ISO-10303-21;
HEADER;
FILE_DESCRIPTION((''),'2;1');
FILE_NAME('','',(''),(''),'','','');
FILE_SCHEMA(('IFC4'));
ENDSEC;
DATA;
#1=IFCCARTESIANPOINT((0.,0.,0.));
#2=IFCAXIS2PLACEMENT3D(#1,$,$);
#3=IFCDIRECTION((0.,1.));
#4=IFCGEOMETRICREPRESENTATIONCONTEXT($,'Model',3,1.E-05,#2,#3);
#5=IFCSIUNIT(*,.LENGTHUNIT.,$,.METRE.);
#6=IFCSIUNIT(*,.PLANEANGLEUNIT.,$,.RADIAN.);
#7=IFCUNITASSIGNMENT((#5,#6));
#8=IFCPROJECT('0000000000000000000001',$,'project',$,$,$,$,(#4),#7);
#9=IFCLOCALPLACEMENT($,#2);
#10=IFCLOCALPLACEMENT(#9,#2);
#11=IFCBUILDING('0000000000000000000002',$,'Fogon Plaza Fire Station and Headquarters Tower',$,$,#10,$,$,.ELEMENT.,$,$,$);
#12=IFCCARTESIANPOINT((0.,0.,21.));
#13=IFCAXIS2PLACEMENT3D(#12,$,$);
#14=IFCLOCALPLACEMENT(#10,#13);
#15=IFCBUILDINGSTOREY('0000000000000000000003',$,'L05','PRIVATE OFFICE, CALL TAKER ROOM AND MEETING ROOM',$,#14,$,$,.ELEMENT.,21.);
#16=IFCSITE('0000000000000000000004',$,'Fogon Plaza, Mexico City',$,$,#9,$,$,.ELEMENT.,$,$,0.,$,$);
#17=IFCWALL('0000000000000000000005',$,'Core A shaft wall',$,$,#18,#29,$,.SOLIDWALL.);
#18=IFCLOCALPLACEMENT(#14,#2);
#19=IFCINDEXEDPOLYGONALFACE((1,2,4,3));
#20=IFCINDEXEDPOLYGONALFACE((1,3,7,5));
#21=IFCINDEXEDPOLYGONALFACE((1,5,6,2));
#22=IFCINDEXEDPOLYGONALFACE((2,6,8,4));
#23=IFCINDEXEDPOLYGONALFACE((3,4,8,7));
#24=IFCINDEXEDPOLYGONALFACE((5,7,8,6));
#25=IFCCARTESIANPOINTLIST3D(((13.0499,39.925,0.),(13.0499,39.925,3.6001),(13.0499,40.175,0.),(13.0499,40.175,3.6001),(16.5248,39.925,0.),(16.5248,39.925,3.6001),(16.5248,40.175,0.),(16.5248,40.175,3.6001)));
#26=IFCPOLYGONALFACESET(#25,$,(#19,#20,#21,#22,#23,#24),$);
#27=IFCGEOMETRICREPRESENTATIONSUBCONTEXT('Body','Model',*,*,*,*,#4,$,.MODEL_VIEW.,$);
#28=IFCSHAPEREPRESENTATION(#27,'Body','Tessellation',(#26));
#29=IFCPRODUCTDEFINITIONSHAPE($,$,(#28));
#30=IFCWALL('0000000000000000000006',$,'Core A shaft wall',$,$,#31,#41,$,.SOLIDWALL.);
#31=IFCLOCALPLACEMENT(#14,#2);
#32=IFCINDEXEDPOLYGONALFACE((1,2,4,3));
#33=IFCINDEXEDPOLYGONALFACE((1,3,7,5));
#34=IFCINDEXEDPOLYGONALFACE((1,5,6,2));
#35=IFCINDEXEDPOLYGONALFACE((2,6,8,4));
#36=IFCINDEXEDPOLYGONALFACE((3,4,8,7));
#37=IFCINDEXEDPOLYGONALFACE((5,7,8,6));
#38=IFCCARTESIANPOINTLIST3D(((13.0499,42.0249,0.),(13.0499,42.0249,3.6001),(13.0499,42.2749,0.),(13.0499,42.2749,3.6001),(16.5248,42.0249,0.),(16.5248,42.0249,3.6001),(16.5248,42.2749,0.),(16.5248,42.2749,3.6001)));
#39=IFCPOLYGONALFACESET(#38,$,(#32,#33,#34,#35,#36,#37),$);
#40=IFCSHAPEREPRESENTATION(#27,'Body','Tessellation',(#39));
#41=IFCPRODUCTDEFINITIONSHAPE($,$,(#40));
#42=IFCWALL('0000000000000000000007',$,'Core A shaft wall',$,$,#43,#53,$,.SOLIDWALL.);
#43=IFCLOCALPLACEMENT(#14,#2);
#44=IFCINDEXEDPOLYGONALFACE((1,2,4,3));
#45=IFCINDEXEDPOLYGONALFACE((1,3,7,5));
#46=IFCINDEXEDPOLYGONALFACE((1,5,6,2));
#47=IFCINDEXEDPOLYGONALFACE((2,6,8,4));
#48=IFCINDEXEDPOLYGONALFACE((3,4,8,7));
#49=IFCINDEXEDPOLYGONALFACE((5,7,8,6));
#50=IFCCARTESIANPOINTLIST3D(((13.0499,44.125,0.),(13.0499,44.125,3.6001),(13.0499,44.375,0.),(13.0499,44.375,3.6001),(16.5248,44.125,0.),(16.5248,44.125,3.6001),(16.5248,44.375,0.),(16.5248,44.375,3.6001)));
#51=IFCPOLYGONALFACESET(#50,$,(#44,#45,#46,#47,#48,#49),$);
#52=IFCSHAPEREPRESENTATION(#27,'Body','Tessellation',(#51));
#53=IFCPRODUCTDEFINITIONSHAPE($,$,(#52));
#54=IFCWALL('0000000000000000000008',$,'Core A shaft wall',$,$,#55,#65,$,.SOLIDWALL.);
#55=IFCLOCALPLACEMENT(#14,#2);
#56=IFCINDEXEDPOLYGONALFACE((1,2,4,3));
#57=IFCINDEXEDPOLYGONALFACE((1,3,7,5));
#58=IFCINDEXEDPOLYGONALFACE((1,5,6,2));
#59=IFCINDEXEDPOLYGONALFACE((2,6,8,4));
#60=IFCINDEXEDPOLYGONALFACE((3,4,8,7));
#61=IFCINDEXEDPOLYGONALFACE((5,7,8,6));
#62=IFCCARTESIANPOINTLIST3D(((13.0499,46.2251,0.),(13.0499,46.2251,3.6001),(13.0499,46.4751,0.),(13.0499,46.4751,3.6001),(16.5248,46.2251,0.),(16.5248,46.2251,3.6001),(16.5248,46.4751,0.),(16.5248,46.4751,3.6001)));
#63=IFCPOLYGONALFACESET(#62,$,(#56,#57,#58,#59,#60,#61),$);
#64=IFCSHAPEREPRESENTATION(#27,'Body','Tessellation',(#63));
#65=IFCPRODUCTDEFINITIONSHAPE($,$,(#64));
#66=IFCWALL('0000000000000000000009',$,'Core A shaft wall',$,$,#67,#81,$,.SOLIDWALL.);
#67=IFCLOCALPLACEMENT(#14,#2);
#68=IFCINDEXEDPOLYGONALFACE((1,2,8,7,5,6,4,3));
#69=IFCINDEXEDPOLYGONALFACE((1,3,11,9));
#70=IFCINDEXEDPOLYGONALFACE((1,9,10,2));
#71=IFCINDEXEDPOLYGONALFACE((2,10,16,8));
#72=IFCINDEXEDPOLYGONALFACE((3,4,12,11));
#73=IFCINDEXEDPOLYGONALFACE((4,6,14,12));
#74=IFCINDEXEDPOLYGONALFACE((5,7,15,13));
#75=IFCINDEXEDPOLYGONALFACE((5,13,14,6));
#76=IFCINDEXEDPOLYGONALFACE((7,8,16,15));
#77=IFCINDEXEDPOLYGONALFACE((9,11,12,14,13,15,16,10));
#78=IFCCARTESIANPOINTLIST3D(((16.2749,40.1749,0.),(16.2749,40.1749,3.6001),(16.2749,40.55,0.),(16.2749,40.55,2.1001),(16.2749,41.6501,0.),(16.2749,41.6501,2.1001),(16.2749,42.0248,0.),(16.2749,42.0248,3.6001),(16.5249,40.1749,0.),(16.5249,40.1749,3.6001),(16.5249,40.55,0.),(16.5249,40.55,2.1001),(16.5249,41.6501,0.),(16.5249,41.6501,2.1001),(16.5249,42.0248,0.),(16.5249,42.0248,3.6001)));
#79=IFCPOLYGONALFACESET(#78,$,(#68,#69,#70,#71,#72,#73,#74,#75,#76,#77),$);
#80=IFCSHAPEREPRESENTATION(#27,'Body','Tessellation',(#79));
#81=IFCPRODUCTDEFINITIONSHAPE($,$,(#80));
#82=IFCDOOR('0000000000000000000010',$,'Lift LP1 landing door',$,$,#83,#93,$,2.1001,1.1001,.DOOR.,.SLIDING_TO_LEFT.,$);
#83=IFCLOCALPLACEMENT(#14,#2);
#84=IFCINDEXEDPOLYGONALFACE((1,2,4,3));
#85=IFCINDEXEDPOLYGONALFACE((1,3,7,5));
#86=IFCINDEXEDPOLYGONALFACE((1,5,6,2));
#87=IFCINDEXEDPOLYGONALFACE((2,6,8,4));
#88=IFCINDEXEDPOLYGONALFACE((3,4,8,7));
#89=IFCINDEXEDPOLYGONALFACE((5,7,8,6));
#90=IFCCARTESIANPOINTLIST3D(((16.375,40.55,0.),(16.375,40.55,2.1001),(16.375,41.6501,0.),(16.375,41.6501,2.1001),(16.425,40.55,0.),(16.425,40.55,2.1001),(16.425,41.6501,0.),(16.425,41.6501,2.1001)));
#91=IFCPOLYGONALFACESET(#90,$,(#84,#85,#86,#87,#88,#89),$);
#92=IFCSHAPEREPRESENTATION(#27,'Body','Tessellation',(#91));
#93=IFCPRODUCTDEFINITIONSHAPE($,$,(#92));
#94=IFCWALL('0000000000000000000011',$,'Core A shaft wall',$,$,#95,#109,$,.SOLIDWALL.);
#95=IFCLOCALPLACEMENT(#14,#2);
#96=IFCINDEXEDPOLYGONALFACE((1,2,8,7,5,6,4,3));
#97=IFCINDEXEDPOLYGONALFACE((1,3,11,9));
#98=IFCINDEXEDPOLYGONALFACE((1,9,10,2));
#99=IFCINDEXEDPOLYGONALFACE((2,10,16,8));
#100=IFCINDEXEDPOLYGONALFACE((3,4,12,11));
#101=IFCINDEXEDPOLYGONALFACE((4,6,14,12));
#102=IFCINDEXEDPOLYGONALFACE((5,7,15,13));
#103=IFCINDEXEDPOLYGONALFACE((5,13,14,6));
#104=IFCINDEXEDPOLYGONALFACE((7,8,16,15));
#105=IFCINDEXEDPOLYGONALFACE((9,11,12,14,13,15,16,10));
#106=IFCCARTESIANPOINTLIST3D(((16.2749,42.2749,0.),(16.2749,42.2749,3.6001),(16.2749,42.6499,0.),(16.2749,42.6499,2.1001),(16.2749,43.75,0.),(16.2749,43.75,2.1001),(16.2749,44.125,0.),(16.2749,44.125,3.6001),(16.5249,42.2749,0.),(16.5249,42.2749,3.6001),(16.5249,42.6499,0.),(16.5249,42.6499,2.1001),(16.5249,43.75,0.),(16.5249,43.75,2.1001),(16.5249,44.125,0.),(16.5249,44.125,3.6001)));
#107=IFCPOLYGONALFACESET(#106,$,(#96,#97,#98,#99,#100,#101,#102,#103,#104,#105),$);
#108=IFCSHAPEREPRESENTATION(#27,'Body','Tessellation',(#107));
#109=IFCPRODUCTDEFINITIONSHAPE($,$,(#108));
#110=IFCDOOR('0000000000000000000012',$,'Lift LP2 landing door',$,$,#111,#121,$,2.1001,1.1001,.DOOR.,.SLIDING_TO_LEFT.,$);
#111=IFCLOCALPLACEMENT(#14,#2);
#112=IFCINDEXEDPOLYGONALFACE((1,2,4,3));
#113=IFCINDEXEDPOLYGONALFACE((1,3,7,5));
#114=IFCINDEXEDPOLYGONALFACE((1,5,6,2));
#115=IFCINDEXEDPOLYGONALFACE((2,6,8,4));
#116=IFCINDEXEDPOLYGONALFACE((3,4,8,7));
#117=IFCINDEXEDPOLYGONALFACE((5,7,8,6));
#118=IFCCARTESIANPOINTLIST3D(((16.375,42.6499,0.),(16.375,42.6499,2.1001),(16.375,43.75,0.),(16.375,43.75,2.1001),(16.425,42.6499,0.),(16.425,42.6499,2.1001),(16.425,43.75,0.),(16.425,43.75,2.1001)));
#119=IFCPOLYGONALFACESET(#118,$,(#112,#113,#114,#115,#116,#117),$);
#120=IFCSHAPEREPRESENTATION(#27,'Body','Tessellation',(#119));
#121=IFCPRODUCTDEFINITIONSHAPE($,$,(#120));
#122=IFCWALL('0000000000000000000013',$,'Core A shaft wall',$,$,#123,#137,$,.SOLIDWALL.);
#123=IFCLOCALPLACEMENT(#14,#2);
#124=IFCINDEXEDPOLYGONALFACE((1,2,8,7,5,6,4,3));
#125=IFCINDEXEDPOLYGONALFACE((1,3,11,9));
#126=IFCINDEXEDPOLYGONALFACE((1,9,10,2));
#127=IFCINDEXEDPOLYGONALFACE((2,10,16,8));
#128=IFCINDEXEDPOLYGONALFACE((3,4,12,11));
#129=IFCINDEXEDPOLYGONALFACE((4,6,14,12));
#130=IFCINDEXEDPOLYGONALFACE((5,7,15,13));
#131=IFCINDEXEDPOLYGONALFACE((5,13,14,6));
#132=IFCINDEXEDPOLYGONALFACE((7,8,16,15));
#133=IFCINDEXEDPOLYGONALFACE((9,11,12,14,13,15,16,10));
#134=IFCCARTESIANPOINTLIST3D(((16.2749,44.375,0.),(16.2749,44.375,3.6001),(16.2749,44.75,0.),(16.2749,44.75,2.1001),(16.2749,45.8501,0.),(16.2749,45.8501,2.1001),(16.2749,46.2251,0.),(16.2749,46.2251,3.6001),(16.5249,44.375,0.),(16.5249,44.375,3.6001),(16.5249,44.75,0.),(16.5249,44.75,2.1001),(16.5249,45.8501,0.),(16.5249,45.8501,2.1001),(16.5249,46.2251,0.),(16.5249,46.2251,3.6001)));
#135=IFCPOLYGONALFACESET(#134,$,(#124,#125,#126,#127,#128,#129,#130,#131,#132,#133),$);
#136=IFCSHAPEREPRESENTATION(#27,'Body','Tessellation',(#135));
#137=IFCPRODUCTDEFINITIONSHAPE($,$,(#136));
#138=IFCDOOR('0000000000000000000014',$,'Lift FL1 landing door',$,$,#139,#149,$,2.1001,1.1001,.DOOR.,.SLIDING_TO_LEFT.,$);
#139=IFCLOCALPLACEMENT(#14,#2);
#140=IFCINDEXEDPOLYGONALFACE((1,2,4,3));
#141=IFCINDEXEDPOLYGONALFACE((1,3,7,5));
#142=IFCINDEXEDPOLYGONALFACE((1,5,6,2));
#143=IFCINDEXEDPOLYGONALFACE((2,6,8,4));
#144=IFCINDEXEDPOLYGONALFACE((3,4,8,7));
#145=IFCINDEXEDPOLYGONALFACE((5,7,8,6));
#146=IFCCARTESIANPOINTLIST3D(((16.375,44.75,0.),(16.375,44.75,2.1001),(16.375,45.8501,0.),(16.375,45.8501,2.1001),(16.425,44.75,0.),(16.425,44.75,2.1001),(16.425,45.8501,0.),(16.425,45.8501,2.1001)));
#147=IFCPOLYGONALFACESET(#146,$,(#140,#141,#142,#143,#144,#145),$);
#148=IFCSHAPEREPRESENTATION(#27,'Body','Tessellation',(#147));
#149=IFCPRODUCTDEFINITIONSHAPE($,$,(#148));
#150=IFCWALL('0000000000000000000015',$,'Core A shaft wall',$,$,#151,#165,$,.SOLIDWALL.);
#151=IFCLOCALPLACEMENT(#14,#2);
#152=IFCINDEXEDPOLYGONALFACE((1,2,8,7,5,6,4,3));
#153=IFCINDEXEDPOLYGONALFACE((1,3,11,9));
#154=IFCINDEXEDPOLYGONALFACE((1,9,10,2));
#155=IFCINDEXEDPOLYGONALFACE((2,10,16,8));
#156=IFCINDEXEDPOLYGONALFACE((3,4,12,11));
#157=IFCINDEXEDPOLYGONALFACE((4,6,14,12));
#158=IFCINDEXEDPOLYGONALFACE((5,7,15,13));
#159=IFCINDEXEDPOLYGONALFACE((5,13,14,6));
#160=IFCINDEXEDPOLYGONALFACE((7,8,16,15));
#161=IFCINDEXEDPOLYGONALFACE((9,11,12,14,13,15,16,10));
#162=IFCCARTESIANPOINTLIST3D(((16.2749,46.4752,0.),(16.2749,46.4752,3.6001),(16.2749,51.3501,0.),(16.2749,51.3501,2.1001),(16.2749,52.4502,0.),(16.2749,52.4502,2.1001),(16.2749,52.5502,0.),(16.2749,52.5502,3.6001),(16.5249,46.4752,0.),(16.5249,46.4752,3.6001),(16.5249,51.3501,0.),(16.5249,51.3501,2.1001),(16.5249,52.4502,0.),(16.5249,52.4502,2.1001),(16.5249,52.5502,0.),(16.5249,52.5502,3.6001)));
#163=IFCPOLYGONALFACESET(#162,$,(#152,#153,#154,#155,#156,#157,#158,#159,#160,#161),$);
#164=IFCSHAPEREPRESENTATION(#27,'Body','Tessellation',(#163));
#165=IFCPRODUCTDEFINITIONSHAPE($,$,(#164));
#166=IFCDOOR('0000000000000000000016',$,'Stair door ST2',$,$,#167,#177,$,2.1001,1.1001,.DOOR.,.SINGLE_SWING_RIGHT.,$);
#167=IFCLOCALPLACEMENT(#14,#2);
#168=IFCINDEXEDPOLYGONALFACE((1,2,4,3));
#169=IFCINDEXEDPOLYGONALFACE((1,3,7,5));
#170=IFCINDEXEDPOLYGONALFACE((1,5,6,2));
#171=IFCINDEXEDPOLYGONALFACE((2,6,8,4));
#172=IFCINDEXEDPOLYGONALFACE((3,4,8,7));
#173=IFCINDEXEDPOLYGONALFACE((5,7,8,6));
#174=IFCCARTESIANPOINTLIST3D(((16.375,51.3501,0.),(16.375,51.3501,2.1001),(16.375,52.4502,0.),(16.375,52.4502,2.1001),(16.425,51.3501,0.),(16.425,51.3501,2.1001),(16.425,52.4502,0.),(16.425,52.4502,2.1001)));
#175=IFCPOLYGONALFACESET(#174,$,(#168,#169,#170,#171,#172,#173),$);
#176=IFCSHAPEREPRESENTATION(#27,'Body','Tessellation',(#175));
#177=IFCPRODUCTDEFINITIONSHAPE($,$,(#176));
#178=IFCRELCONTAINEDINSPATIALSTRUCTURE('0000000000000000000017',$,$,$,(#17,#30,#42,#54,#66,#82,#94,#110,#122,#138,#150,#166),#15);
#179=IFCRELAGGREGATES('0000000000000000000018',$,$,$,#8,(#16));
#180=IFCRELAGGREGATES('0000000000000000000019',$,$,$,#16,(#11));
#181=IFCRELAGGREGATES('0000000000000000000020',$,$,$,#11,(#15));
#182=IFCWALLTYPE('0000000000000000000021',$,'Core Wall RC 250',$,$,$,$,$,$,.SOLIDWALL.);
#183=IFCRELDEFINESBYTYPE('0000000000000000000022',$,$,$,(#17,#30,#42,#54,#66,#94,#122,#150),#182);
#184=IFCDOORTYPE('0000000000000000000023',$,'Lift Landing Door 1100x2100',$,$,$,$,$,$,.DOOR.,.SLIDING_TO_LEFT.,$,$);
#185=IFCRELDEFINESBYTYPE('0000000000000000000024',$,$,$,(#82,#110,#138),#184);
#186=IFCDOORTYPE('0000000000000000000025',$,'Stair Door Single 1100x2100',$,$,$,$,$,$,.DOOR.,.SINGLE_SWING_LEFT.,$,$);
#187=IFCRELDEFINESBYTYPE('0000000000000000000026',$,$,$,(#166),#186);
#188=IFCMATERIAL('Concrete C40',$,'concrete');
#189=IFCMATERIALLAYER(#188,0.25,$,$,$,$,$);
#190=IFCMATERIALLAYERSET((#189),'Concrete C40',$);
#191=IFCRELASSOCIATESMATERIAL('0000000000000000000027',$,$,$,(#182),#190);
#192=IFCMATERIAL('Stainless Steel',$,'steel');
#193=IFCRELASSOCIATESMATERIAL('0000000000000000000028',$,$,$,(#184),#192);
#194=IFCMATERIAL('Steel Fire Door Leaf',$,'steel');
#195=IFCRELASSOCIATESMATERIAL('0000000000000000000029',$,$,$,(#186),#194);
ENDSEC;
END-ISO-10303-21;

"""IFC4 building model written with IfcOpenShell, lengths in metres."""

from ifc_helpers import new_model, si_unit, direction, frame, frame_2d, origin, place, context, subcontext, project, spatial, rectangle, extrude, material, layer, layer_set, type_object, element, fill, save


model = new_model("IFC4")

# Units and contexts
model_context = context("Model", 3, precision=1e-05, world=origin(), true_north=direction((0.0, 1.0)))
body_context = subcontext(model_context, "Body", "Model", "MODEL_VIEW")
ifc_project = project(units=[si_unit("LENGTHUNIT", "METRE"), si_unit("PLANEANGLEUNIT", "RADIAN")], contexts=[model_context])

# Site, building, storey
site_placement = place(None, origin())
site = spatial("IfcSite", under=ifc_project, at=site_placement, Name="Fogon Plaza, Mexico City", CompositionType="ELEMENT", RefElevation=0.0)
building_placement = place(site_placement, origin())
building = spatial("IfcBuilding", under=site, at=building_placement, Name="Fogon Plaza Fire Station and Headquarters Tower", CompositionType="ELEMENT")
storey_placement = place(building_placement, frame((0.0, 0.0, 21.0)))
storey = spatial("IfcBuildingStorey", under=building, at=storey_placement, Name="L05", Description="PRIVATE OFFICE, CALL TAKER ROOM AND MEETING ROOM", CompositionType="ELEMENT", Elevation=21.0)

# Walls
ifc_material_1 = material(Name="Concrete C40", Category="concrete")
ifc_layer = layer(ifc_material_1, 0.25)
ifc_layer_set = layer_set([ifc_layer], Name="Concrete C40")
wall_type = type_object("IfcWallType", Name="Core Wall RC 250", PredefinedType="SOLIDWALL", material=ifc_layer_set)
for number, where, z_axis, x_axis, name in (
    (1, (13.05, 40.05, 0.0), (0.0, 0.0, 1.0), (1.0, 0.0, 0.0), "Core A shaft wall"),
    (2, (13.05, 42.1499, 0.0), (0.0, 0.0, 1.0), (1.0, 0.0, 0.0), "Core A shaft wall"),
    (3, (13.05, 44.25, 0.0), (0.0, 0.0, 1.0), (1.0, 0.0, 0.0), "Core A shaft wall"),
    (4, (13.05, 46.3501, 0.0), (0.0, 0.0, 1.0), (1.0, 0.0, 0.0), "Core A shaft wall"),
):
    element("IfcWall", number, at=place(storey_placement, frame(where, z_axis=z_axis, x_axis=x_axis)), inside=storey, type_object=wall_type, Name=name, PredefinedType="SOLIDWALL", context=body_context, shape_type="SweptSolid", body=[
        extrude(rectangle(XDim=3.4749, YDim=0.25, at=frame_2d((1.7373, 0.0))), origin(), (0.0, 0.0, 1.0), 3.6001),
    ])

# Walls, openings, doors
wall_1_placement = place(storey_placement, frame((16.3999, 40.175, 0.0), z_axis=(0.0, 0.0, 1.0), x_axis=(0.0, 1.0, 0.0)))
wall_1 = element("IfcWall", 5, at=wall_1_placement, inside=storey, type_object=wall_type, Name="Core A shaft wall", PredefinedType="SOLIDWALL", context=body_context, shape_type="SweptSolid", body=[
    extrude(rectangle(XDim=1.8499, YDim=0.25, at=frame_2d((0.9248, 0.0))), origin(), (0.0, 0.0, 1.0), 3.6001),
])
opening_1_placement = place(wall_1_placement, frame((0.375, 0.0, 0.0)))
opening_1 = element("IfcOpeningElement", 6, at=opening_1_placement, cuts=wall_1, PredefinedType="OPENING", context=body_context, shape_type="SweptSolid", body=[
    extrude(rectangle(XDim=1.1001, YDim=2.1001, at=frame_2d((0.55, 1.05))), frame((0.0, 0.135, 0.0), z_axis=(0.0, -1.0, 0.0), x_axis=(1.0, 0.0, 0.0)), (0.0, 0.0, 1.0), 0.27),
])
ifc_material_2 = material(Name="Stainless Steel", Category="steel")
door_type_1 = type_object("IfcDoorType", Name="Lift Landing Door 1100x2100", OperationType="SLIDING_TO_LEFT", PredefinedType="DOOR", material=ifc_material_2)
door_1_placement = place(opening_1_placement, origin())
door_1 = element("IfcDoor", 7, at=door_1_placement, inside=storey, type_object=door_type_1, Name="Lift LP1 landing door", OperationType="SLIDING_TO_LEFT", OverallHeight=2.1001, OverallWidth=1.1001, PredefinedType="DOOR", context=body_context, shape_type="SweptSolid", body=[
    extrude(rectangle(XDim=1.1001, YDim=2.1001, at=frame_2d((0.55, 1.05))), frame((0.0, 0.0249, 0.0), z_axis=(0.0, -1.0, 0.0), x_axis=(1.0, 0.0, 0.0)), (0.0, 0.0, 1.0), 0.05),
])
fill(opening_1, door_1)
wall_2_placement = place(storey_placement, frame((16.3999, 42.2749, 0.0), z_axis=(0.0, 0.0, 1.0), x_axis=(0.0, 1.0, 0.0)))
wall_2 = element("IfcWall", 8, at=wall_2_placement, inside=storey, type_object=wall_type, Name="Core A shaft wall", PredefinedType="SOLIDWALL", context=body_context, shape_type="SweptSolid", body=[
    extrude(rectangle(XDim=1.8501, YDim=0.25, at=frame_2d((0.925, 0.0))), origin(), (0.0, 0.0, 1.0), 3.6001),
])
opening_2_placement = place(wall_2_placement, frame((0.375, 0.0, 0.0)))
opening_2 = element("IfcOpeningElement", 9, at=opening_2_placement, cuts=wall_2, PredefinedType="OPENING", context=body_context, shape_type="SweptSolid", body=[
    extrude(rectangle(XDim=1.1001, YDim=2.1001, at=frame_2d((0.55, 1.05))), frame((0.0, 0.135, 0.0), z_axis=(0.0, -1.0, 0.0), x_axis=(1.0, 0.0, 0.0)), (0.0, 0.0, 1.0), 0.27),
])
door_2_placement = place(opening_2_placement, origin())
door_2 = element("IfcDoor", 10, at=door_2_placement, inside=storey, type_object=door_type_1, Name="Lift LP2 landing door", OperationType="SLIDING_TO_LEFT", OverallHeight=2.1001, OverallWidth=1.1001, PredefinedType="DOOR", context=body_context, shape_type="SweptSolid", body=[
    extrude(rectangle(XDim=1.1001, YDim=2.1001, at=frame_2d((0.55, 1.05))), frame((0.0, 0.0249, 0.0), z_axis=(0.0, -1.0, 0.0), x_axis=(1.0, 0.0, 0.0)), (0.0, 0.0, 1.0), 0.05),
])
fill(opening_2, door_2)
wall_3_placement = place(storey_placement, frame((16.3999, 44.375, 0.0), z_axis=(0.0, 0.0, 1.0), x_axis=(0.0, 1.0, 0.0)))
wall_3 = element("IfcWall", 11, at=wall_3_placement, inside=storey, type_object=wall_type, Name="Core A shaft wall", PredefinedType="SOLIDWALL", context=body_context, shape_type="SweptSolid", body=[
    extrude(rectangle(XDim=1.8501, YDim=0.25, at=frame_2d((0.925, 0.0))), origin(), (0.0, 0.0, 1.0), 3.6001),
])
opening_3_placement = place(wall_3_placement, frame((0.375, 0.0, 0.0)))
opening_3 = element("IfcOpeningElement", 12, at=opening_3_placement, cuts=wall_3, PredefinedType="OPENING", context=body_context, shape_type="SweptSolid", body=[
    extrude(rectangle(XDim=1.1001, YDim=2.1001, at=frame_2d((0.55, 1.05))), frame((0.0, 0.135, 0.0), z_axis=(0.0, -1.0, 0.0), x_axis=(1.0, 0.0, 0.0)), (0.0, 0.0, 1.0), 0.27),
])
door_3_placement = place(opening_3_placement, origin())
door_3 = element("IfcDoor", 13, at=door_3_placement, inside=storey, type_object=door_type_1, Name="Lift FL1 landing door", OperationType="SLIDING_TO_LEFT", OverallHeight=2.1001, OverallWidth=1.1001, PredefinedType="DOOR", context=body_context, shape_type="SweptSolid", body=[
    extrude(rectangle(XDim=1.1001, YDim=2.1001, at=frame_2d((0.55, 1.05))), frame((0.0, 0.0249, 0.0), z_axis=(0.0, -1.0, 0.0), x_axis=(1.0, 0.0, 0.0)), (0.0, 0.0, 1.0), 0.05),
])
fill(opening_3, door_3)
wall_4_placement = place(storey_placement, frame((16.3999, 46.4751, 0.0), z_axis=(0.0, 0.0, 1.0), x_axis=(0.0, 1.0, 0.0)))
wall_4 = element("IfcWall", 14, at=wall_4_placement, inside=storey, type_object=wall_type, Name="Core A shaft wall", PredefinedType="SOLIDWALL", context=body_context, shape_type="SweptSolid", body=[
    extrude(rectangle(XDim=6.075, YDim=0.25, at=frame_2d((3.0376, 0.0))), origin(), (0.0, 0.0, 1.0), 3.6001),
])
opening_4_placement = place(wall_4_placement, frame((4.875, 0.0, 0.0)))
opening_4 = element("IfcOpeningElement", 15, at=opening_4_placement, cuts=wall_4, PredefinedType="OPENING", context=body_context, shape_type="SweptSolid", body=[
    extrude(rectangle(XDim=1.1001, YDim=2.1001, at=frame_2d((0.55, 1.05))), frame((0.0, 0.135, 0.0), z_axis=(0.0, -1.0, 0.0), x_axis=(1.0, 0.0, 0.0)), (0.0, 0.0, 1.0), 0.27),
])
ifc_material_3 = material(Name="Steel Fire Door Leaf", Category="steel")
door_type_2 = type_object("IfcDoorType", Name="Stair Door Single 1100x2100", OperationType="SINGLE_SWING_LEFT", PredefinedType="DOOR", material=ifc_material_3)
door_4_placement = place(opening_4_placement, origin())
door_4 = element("IfcDoor", 16, at=door_4_placement, inside=storey, type_object=door_type_2, Name="Stair door ST2", OperationType="SINGLE_SWING_RIGHT", OverallHeight=2.1001, OverallWidth=1.1001, PredefinedType="DOOR", context=body_context, shape_type="SweptSolid", body=[
    extrude(rectangle(XDim=1.1001, YDim=2.1001, at=frame_2d((0.55, 1.05))), frame((0.0, 0.0249, 0.0), z_axis=(0.0, -1.0, 0.0), x_axis=(1.0, 0.0, 0.0)), (0.0, 0.0, 1.0), 0.05),
])
fill(opening_4, door_4)

save(model, "model.ifc")
